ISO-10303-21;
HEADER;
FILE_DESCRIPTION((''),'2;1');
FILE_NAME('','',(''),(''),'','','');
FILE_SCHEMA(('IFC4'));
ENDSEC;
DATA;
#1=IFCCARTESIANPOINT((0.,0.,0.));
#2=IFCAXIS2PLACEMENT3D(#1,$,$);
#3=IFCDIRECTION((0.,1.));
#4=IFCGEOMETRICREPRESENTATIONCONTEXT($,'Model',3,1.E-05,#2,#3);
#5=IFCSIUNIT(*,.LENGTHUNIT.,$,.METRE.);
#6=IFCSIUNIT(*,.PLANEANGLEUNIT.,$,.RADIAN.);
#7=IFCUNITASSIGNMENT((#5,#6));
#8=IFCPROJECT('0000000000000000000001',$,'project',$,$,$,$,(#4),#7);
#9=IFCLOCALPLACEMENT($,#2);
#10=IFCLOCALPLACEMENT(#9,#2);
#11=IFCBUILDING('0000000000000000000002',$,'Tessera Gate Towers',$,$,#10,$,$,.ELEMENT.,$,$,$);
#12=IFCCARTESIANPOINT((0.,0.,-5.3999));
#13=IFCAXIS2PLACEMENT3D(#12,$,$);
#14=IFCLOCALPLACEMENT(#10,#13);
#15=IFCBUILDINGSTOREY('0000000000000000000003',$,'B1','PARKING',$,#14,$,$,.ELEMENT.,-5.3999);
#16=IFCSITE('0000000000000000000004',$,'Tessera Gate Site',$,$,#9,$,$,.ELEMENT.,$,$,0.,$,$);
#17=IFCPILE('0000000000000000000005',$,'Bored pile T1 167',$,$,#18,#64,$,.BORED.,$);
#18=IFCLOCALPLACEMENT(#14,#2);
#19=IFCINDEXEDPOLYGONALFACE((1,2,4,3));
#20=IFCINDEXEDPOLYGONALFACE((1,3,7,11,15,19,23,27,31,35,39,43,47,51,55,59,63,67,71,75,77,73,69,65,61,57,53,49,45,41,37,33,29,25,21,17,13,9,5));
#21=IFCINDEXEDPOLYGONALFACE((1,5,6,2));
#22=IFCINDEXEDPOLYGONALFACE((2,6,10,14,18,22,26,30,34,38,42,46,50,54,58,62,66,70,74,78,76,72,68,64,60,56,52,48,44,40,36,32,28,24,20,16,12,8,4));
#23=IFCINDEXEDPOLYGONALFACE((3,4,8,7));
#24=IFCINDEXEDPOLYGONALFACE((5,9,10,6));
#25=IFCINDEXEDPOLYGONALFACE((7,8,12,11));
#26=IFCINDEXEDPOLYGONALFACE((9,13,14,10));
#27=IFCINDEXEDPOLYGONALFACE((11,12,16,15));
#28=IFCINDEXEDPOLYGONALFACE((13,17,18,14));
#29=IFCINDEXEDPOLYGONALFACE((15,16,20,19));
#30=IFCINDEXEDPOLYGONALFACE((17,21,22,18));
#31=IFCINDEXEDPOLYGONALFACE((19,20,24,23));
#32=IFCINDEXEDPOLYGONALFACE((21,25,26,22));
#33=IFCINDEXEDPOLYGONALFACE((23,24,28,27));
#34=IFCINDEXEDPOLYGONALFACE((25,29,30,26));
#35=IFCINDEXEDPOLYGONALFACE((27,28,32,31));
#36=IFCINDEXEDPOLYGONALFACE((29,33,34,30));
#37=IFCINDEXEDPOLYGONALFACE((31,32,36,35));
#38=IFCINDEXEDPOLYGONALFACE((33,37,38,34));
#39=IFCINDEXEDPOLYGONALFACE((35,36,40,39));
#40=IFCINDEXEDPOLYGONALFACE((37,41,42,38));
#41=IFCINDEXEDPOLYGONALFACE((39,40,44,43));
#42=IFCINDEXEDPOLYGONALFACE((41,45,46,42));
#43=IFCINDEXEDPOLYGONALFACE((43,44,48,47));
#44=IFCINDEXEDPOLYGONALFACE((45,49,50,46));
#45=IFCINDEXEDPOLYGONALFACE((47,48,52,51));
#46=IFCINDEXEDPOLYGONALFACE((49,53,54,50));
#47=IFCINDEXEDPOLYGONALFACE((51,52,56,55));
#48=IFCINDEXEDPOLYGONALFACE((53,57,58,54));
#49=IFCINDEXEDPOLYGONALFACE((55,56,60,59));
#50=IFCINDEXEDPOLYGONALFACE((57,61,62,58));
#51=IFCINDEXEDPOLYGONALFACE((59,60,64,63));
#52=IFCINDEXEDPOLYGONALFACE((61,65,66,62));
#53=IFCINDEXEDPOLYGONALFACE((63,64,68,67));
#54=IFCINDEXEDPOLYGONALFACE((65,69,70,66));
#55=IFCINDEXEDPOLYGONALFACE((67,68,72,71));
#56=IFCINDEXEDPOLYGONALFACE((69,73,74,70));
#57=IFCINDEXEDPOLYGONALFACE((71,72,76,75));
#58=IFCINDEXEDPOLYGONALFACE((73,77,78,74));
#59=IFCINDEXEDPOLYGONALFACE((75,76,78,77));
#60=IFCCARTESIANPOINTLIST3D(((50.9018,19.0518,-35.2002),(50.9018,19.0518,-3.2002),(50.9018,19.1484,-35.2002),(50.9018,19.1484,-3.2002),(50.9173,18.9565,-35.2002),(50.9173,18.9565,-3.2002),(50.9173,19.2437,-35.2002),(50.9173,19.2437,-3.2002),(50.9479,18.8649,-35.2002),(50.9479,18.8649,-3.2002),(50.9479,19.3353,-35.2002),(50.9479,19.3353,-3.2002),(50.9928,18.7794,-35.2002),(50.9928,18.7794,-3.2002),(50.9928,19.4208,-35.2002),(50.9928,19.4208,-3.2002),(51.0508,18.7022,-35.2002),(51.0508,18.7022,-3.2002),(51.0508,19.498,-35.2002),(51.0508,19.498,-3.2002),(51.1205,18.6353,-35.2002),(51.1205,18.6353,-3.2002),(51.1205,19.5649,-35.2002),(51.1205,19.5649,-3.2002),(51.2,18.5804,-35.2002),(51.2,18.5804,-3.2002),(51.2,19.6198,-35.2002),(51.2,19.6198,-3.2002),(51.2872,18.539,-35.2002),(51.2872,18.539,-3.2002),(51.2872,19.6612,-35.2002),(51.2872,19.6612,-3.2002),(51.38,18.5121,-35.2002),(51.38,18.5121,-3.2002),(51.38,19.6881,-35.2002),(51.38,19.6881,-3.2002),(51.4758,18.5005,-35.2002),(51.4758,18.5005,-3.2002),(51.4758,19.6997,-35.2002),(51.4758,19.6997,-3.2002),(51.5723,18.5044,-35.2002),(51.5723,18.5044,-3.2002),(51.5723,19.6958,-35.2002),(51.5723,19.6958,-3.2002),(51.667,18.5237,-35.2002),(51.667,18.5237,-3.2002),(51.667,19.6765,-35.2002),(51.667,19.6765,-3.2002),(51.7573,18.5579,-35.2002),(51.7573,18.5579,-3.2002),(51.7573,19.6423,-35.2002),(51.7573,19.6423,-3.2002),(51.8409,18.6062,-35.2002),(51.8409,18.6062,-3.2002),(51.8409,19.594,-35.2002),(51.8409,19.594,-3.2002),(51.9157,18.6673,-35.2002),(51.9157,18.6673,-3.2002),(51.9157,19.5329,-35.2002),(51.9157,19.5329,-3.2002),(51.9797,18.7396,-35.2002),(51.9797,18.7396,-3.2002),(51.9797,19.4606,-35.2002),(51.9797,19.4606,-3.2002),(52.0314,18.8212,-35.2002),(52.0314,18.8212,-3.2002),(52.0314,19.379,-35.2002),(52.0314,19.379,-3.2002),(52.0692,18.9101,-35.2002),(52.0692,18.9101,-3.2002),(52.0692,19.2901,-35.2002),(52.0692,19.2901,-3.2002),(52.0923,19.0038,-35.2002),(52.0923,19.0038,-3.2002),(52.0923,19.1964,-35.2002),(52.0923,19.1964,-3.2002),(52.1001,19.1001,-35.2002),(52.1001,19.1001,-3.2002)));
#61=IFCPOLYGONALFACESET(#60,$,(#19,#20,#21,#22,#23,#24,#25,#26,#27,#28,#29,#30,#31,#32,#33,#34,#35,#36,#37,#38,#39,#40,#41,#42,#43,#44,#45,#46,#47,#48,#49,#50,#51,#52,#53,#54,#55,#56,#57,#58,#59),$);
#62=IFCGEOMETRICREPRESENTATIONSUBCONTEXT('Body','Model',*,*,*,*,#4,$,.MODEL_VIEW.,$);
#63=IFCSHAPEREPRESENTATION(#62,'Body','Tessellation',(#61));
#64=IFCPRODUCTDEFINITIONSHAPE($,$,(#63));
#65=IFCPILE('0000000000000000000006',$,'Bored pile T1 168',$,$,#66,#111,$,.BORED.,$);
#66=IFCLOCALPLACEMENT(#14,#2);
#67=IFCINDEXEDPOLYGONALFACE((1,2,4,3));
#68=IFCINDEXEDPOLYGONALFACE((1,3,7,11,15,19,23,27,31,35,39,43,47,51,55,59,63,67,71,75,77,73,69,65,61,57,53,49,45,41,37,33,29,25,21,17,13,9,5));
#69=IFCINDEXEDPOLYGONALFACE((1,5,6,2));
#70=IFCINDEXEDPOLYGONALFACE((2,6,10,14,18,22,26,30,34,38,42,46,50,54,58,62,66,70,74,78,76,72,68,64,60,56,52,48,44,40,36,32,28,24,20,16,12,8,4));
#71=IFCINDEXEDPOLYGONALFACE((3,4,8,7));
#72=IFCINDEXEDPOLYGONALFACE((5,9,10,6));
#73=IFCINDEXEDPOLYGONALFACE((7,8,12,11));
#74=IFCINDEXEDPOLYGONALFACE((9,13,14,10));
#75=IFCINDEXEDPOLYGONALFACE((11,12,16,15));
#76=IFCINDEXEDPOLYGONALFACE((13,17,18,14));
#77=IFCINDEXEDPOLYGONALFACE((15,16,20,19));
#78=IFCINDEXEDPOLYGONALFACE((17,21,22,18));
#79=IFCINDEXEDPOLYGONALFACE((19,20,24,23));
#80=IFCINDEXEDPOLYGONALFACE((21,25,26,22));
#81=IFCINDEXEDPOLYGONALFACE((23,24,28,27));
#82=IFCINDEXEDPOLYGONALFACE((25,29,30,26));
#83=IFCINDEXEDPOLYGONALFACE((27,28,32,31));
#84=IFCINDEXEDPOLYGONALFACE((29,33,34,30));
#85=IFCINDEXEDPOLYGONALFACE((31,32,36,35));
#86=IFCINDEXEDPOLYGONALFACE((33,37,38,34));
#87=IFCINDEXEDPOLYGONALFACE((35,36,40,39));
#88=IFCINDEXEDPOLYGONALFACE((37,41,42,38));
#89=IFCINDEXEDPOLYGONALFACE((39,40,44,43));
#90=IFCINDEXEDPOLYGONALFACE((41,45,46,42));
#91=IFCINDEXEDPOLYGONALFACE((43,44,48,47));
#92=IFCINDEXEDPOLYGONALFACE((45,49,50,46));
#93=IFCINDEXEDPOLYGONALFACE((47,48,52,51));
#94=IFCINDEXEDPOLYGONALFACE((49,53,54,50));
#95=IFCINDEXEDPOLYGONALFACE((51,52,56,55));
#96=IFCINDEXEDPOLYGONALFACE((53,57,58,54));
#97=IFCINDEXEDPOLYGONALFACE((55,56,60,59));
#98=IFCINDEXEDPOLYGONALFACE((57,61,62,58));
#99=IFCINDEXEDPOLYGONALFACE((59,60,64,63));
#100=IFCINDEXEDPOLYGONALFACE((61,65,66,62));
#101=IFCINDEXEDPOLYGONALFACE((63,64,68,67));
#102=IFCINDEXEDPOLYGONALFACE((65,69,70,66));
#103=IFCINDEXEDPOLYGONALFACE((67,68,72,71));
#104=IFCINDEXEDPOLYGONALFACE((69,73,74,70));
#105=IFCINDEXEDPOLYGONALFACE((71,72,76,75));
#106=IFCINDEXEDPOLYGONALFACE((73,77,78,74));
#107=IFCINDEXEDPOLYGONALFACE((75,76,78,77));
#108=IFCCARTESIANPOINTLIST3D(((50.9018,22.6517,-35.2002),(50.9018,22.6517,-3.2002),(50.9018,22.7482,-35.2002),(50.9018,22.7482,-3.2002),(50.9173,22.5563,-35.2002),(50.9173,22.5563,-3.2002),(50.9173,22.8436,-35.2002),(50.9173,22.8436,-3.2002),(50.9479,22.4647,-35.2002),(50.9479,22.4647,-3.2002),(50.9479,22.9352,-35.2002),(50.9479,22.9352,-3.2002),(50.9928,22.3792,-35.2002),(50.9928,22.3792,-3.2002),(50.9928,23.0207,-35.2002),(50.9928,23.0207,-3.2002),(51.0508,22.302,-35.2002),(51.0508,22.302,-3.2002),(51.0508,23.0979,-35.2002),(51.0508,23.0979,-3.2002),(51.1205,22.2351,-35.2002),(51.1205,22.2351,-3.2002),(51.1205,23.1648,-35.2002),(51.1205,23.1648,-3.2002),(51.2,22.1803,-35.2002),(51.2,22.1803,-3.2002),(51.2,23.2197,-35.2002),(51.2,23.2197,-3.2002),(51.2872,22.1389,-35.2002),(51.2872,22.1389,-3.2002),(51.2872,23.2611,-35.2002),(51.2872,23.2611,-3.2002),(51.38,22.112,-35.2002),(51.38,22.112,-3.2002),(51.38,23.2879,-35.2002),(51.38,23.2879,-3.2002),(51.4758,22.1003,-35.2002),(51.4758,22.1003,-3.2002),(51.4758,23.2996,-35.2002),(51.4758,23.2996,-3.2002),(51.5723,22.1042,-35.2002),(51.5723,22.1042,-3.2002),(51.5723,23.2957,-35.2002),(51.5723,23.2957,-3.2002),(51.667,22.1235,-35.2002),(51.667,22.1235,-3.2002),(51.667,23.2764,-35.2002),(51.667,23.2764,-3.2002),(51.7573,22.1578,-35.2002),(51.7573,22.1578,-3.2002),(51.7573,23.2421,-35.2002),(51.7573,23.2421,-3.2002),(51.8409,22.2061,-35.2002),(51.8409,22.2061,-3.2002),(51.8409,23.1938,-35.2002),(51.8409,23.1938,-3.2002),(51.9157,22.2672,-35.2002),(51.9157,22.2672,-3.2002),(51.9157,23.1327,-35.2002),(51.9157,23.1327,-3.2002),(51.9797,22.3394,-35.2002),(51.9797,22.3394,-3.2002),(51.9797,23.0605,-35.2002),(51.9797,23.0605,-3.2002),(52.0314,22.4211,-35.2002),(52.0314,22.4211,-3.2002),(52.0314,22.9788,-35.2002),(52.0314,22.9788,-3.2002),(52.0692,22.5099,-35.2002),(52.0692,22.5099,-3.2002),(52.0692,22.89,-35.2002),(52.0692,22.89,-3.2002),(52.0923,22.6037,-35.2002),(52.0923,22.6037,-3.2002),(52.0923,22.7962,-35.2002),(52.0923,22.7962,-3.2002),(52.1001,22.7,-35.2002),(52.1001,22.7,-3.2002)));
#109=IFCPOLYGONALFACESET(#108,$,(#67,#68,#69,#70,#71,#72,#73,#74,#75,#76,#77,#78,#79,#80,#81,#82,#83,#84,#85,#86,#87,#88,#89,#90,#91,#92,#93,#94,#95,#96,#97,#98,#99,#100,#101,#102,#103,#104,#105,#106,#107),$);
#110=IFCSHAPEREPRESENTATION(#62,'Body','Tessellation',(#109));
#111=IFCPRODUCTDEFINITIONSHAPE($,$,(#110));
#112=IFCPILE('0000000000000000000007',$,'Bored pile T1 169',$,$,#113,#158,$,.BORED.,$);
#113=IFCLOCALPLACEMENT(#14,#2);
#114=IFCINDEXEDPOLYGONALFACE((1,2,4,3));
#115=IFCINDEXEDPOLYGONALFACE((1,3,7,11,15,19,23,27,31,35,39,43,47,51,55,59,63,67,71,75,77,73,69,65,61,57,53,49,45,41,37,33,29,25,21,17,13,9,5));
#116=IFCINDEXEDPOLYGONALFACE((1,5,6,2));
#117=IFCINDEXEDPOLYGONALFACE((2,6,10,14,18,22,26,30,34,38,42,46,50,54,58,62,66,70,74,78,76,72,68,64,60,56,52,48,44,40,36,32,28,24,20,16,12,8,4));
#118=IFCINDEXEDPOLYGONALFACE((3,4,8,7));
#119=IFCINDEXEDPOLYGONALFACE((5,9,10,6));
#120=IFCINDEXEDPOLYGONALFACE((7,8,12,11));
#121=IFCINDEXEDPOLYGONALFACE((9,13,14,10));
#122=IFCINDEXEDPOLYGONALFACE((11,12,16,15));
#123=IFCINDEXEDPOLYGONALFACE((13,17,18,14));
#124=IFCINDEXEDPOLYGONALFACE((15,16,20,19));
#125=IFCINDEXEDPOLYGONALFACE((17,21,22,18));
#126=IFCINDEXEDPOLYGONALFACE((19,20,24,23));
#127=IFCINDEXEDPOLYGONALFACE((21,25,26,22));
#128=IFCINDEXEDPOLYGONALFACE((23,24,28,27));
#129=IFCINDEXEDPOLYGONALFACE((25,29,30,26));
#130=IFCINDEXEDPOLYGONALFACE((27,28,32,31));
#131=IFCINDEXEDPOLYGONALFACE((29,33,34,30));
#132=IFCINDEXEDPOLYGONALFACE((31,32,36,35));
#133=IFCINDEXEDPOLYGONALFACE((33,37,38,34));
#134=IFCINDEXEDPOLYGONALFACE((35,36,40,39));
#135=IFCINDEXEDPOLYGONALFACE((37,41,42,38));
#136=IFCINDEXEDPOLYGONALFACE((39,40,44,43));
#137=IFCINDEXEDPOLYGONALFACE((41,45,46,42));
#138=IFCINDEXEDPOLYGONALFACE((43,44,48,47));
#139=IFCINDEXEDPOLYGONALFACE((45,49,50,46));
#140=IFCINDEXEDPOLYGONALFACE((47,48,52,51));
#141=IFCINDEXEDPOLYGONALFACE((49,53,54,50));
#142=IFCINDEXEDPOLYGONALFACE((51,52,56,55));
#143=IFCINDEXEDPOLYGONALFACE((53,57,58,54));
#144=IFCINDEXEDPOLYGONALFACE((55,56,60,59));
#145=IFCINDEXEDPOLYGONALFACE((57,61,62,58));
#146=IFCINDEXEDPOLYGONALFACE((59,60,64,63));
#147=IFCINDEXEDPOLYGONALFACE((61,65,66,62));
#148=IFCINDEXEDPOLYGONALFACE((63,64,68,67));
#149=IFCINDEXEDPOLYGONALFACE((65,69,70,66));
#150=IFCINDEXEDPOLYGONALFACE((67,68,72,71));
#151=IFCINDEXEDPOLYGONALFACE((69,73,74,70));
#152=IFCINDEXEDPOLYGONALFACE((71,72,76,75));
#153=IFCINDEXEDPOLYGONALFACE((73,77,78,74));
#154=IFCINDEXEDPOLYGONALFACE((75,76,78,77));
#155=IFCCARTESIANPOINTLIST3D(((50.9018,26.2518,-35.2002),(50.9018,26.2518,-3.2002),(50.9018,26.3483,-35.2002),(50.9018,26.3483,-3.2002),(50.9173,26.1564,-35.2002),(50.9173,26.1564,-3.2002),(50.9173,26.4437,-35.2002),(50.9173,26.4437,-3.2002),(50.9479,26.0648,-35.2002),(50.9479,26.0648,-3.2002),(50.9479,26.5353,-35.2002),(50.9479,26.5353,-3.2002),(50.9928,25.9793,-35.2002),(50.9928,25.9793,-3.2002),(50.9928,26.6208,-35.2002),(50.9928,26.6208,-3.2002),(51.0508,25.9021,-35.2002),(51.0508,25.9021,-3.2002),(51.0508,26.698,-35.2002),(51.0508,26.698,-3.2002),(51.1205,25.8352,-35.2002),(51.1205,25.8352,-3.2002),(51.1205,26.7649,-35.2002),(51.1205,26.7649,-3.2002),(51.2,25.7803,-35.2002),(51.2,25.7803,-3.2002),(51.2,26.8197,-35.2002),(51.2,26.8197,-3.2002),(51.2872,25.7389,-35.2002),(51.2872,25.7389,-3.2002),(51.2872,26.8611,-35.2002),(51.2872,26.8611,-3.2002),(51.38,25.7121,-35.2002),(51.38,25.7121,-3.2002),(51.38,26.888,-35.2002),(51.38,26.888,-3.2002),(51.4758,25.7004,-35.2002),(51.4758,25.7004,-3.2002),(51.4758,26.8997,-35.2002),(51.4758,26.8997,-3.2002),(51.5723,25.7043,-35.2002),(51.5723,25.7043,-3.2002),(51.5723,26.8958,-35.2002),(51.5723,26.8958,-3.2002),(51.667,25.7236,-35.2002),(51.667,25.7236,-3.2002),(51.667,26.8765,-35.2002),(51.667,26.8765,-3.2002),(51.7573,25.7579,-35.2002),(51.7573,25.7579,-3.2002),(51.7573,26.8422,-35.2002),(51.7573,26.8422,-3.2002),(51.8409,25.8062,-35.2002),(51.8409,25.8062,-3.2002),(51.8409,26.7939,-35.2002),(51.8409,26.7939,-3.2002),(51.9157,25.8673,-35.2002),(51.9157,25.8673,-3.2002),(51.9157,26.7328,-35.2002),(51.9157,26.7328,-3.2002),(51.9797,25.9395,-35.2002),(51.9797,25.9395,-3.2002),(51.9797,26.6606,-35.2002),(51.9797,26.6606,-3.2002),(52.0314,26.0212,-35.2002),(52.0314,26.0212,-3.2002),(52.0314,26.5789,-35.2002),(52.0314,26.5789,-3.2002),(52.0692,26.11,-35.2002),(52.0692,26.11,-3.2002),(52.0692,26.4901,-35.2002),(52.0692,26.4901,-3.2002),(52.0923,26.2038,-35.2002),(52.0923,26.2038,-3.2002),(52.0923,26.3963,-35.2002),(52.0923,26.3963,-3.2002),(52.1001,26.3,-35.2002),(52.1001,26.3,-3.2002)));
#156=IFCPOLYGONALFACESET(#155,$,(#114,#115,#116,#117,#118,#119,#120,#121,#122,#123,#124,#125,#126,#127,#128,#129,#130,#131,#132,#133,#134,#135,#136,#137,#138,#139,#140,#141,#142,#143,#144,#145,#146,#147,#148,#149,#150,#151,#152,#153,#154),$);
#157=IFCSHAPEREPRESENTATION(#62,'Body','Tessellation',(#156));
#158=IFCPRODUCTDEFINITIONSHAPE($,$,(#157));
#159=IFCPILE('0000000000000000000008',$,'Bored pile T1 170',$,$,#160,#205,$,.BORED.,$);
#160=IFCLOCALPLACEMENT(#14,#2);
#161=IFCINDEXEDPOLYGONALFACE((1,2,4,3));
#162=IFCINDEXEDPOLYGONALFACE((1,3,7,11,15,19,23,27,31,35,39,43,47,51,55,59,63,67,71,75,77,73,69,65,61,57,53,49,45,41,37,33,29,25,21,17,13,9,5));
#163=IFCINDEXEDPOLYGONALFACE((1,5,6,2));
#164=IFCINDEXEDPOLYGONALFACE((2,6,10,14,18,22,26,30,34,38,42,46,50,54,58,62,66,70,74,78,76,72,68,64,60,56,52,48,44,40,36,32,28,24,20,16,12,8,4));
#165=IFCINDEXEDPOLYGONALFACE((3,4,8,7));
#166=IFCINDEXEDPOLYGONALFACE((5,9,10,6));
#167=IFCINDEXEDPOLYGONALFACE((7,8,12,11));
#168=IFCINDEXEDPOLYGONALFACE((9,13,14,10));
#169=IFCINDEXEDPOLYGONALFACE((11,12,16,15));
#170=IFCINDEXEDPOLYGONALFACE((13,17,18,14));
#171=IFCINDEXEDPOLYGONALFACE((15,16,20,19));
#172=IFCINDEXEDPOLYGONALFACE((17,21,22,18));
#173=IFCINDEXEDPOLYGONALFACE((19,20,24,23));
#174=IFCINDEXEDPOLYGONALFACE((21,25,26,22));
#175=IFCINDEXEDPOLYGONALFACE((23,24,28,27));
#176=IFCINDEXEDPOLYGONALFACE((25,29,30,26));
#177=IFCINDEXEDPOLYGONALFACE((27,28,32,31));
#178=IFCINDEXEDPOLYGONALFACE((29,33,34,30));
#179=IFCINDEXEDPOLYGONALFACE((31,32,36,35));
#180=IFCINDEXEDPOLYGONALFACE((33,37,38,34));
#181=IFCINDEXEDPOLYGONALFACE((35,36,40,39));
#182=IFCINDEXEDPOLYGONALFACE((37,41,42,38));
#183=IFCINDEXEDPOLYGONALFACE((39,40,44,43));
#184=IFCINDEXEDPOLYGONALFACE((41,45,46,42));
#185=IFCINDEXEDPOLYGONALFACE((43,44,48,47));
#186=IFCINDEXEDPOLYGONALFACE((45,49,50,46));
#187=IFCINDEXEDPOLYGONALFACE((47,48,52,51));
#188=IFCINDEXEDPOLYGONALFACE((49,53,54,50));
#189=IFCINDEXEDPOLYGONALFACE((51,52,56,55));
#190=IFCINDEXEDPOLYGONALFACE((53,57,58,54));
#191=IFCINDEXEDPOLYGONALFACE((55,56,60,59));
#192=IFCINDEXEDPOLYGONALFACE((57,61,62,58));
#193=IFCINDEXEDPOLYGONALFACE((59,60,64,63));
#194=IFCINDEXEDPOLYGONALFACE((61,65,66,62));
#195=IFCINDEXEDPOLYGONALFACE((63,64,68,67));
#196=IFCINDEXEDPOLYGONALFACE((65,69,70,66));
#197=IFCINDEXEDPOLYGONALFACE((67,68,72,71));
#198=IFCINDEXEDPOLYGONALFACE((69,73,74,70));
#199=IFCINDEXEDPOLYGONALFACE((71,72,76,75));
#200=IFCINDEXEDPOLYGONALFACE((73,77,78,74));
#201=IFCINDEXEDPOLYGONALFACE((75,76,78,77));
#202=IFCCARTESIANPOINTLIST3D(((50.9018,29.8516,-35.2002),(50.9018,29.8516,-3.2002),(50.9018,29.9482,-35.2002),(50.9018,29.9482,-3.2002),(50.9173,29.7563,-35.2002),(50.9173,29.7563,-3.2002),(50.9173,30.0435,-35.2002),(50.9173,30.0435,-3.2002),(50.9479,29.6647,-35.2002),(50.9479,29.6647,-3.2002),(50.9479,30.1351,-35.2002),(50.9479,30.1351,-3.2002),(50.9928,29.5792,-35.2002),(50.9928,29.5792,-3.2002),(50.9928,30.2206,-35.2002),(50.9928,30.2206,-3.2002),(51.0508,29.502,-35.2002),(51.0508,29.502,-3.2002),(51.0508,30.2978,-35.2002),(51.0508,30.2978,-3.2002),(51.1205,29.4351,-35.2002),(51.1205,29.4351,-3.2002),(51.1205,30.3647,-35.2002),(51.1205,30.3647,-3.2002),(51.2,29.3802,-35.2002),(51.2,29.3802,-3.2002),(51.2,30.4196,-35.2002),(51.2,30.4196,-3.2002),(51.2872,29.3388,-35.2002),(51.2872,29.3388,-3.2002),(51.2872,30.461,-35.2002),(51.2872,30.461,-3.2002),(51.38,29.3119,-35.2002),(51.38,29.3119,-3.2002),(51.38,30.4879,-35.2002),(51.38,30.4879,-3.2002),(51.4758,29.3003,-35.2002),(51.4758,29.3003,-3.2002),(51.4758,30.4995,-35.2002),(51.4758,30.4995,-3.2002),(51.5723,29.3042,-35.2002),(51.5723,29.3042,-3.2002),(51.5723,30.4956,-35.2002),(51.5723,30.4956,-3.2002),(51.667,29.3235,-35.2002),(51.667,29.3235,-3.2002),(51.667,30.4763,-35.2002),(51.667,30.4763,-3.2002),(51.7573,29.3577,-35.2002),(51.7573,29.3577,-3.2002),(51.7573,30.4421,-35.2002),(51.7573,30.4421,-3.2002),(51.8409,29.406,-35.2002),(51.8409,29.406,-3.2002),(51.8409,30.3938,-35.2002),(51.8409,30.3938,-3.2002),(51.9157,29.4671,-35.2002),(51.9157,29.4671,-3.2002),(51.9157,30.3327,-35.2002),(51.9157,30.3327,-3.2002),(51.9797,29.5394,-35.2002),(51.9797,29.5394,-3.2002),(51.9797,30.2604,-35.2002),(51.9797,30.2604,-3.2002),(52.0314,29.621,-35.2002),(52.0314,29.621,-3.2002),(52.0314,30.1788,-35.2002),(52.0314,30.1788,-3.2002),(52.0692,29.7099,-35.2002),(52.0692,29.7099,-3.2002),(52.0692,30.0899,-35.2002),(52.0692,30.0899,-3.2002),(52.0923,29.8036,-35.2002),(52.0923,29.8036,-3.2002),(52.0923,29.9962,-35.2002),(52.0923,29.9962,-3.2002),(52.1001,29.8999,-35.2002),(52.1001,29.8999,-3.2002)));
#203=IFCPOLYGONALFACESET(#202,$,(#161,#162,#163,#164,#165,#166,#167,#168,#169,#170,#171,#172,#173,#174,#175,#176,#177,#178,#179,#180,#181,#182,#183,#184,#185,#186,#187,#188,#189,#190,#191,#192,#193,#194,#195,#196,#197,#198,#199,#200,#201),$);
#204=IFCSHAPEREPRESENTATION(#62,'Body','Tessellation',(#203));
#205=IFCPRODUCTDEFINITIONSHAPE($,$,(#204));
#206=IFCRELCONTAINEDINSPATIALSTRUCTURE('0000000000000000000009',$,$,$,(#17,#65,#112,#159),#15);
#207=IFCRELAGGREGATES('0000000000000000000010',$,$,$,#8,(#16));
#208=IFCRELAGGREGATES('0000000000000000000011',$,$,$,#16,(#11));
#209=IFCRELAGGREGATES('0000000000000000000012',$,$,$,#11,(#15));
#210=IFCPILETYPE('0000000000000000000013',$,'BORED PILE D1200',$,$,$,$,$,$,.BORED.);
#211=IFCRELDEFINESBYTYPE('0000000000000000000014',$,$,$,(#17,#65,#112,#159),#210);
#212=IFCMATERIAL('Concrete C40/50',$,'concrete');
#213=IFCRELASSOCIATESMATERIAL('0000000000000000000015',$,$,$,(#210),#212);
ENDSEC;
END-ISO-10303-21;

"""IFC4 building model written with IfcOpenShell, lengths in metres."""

from ifc_helpers import new_model, si_unit, direction, frame, origin, origin_2d, place, context, subcontext, project, spatial, circle, extrude, material, material_profile, profile_set, type_object, element, save


model = new_model("IFC4")

# Units and contexts
model_context = context("Model", 3, precision=1e-05, world=origin(), true_north=direction((0.0, 1.0)))
body_context = subcontext(model_context, "Body", "Model", "MODEL_VIEW")
ifc_project = project(units=[si_unit("LENGTHUNIT", "METRE"), si_unit("PLANEANGLEUNIT", "RADIAN")], contexts=[model_context])

# Site, building, storey
site_placement = place(None, origin())
site = spatial("IfcSite", under=ifc_project, at=site_placement, Name="Tessera Gate Site", CompositionType="ELEMENT", RefElevation=0.0)
building_placement = place(site_placement, origin())
building = spatial("IfcBuilding", under=site, at=building_placement, Name="Tessera Gate Towers", CompositionType="ELEMENT")
storey_placement = place(building_placement, frame((0.0, 0.0, -5.3999)))
storey = spatial("IfcBuildingStorey", under=building, at=storey_placement, Name="B1", Description="PARKING", CompositionType="ELEMENT", Elevation=-5.3999)

# Piles
ifc_material_1 = material(Name="Concrete C40/50", Category="concrete")
ifc_material_profile = material_profile(ifc_material_1, circle(Radius=0.6001, at=origin_2d()), Name="BORED PILE D1200")
ifc_profile_set = profile_set([ifc_material_profile], Name="Concrete C40/50")
pile_type = type_object("IfcPileType", Name="BORED PILE D1200", PredefinedType="BORED", material=ifc_profile_set)
for number, where, z_axis, x_axis, name in (
    (1, (51.5, 19.1001, -3.2002), (0.0, 0.0, -1.0), (1.0, 0.0, 0.0), "Bored pile T1 167"),
    (2, (51.5, 22.7, -3.2002), (0.0, 0.0, -1.0), (1.0, 0.0, 0.0), "Bored pile T1 168"),
    (3, (51.5, 26.3, -3.2002), (0.0, 0.0, -1.0), (1.0, 0.0, 0.0), "Bored pile T1 169"),
    (4, (51.5, 29.8999, -3.2002), (0.0, 0.0, -1.0), (1.0, 0.0, 0.0), "Bored pile T1 170"),
):
    element("IfcPile", number, at=place(storey_placement, frame(where, z_axis=z_axis, x_axis=x_axis)), inside=storey, type_object=pile_type, Name=name, PredefinedType="BORED", context=body_context, shape_type="SweptSolid", body=[
        extrude(circle(Radius=0.6001, at=origin_2d()), origin(), (0.0, 0.0, 1.0), 32.0),
    ])

save(model, "model.ifc")
